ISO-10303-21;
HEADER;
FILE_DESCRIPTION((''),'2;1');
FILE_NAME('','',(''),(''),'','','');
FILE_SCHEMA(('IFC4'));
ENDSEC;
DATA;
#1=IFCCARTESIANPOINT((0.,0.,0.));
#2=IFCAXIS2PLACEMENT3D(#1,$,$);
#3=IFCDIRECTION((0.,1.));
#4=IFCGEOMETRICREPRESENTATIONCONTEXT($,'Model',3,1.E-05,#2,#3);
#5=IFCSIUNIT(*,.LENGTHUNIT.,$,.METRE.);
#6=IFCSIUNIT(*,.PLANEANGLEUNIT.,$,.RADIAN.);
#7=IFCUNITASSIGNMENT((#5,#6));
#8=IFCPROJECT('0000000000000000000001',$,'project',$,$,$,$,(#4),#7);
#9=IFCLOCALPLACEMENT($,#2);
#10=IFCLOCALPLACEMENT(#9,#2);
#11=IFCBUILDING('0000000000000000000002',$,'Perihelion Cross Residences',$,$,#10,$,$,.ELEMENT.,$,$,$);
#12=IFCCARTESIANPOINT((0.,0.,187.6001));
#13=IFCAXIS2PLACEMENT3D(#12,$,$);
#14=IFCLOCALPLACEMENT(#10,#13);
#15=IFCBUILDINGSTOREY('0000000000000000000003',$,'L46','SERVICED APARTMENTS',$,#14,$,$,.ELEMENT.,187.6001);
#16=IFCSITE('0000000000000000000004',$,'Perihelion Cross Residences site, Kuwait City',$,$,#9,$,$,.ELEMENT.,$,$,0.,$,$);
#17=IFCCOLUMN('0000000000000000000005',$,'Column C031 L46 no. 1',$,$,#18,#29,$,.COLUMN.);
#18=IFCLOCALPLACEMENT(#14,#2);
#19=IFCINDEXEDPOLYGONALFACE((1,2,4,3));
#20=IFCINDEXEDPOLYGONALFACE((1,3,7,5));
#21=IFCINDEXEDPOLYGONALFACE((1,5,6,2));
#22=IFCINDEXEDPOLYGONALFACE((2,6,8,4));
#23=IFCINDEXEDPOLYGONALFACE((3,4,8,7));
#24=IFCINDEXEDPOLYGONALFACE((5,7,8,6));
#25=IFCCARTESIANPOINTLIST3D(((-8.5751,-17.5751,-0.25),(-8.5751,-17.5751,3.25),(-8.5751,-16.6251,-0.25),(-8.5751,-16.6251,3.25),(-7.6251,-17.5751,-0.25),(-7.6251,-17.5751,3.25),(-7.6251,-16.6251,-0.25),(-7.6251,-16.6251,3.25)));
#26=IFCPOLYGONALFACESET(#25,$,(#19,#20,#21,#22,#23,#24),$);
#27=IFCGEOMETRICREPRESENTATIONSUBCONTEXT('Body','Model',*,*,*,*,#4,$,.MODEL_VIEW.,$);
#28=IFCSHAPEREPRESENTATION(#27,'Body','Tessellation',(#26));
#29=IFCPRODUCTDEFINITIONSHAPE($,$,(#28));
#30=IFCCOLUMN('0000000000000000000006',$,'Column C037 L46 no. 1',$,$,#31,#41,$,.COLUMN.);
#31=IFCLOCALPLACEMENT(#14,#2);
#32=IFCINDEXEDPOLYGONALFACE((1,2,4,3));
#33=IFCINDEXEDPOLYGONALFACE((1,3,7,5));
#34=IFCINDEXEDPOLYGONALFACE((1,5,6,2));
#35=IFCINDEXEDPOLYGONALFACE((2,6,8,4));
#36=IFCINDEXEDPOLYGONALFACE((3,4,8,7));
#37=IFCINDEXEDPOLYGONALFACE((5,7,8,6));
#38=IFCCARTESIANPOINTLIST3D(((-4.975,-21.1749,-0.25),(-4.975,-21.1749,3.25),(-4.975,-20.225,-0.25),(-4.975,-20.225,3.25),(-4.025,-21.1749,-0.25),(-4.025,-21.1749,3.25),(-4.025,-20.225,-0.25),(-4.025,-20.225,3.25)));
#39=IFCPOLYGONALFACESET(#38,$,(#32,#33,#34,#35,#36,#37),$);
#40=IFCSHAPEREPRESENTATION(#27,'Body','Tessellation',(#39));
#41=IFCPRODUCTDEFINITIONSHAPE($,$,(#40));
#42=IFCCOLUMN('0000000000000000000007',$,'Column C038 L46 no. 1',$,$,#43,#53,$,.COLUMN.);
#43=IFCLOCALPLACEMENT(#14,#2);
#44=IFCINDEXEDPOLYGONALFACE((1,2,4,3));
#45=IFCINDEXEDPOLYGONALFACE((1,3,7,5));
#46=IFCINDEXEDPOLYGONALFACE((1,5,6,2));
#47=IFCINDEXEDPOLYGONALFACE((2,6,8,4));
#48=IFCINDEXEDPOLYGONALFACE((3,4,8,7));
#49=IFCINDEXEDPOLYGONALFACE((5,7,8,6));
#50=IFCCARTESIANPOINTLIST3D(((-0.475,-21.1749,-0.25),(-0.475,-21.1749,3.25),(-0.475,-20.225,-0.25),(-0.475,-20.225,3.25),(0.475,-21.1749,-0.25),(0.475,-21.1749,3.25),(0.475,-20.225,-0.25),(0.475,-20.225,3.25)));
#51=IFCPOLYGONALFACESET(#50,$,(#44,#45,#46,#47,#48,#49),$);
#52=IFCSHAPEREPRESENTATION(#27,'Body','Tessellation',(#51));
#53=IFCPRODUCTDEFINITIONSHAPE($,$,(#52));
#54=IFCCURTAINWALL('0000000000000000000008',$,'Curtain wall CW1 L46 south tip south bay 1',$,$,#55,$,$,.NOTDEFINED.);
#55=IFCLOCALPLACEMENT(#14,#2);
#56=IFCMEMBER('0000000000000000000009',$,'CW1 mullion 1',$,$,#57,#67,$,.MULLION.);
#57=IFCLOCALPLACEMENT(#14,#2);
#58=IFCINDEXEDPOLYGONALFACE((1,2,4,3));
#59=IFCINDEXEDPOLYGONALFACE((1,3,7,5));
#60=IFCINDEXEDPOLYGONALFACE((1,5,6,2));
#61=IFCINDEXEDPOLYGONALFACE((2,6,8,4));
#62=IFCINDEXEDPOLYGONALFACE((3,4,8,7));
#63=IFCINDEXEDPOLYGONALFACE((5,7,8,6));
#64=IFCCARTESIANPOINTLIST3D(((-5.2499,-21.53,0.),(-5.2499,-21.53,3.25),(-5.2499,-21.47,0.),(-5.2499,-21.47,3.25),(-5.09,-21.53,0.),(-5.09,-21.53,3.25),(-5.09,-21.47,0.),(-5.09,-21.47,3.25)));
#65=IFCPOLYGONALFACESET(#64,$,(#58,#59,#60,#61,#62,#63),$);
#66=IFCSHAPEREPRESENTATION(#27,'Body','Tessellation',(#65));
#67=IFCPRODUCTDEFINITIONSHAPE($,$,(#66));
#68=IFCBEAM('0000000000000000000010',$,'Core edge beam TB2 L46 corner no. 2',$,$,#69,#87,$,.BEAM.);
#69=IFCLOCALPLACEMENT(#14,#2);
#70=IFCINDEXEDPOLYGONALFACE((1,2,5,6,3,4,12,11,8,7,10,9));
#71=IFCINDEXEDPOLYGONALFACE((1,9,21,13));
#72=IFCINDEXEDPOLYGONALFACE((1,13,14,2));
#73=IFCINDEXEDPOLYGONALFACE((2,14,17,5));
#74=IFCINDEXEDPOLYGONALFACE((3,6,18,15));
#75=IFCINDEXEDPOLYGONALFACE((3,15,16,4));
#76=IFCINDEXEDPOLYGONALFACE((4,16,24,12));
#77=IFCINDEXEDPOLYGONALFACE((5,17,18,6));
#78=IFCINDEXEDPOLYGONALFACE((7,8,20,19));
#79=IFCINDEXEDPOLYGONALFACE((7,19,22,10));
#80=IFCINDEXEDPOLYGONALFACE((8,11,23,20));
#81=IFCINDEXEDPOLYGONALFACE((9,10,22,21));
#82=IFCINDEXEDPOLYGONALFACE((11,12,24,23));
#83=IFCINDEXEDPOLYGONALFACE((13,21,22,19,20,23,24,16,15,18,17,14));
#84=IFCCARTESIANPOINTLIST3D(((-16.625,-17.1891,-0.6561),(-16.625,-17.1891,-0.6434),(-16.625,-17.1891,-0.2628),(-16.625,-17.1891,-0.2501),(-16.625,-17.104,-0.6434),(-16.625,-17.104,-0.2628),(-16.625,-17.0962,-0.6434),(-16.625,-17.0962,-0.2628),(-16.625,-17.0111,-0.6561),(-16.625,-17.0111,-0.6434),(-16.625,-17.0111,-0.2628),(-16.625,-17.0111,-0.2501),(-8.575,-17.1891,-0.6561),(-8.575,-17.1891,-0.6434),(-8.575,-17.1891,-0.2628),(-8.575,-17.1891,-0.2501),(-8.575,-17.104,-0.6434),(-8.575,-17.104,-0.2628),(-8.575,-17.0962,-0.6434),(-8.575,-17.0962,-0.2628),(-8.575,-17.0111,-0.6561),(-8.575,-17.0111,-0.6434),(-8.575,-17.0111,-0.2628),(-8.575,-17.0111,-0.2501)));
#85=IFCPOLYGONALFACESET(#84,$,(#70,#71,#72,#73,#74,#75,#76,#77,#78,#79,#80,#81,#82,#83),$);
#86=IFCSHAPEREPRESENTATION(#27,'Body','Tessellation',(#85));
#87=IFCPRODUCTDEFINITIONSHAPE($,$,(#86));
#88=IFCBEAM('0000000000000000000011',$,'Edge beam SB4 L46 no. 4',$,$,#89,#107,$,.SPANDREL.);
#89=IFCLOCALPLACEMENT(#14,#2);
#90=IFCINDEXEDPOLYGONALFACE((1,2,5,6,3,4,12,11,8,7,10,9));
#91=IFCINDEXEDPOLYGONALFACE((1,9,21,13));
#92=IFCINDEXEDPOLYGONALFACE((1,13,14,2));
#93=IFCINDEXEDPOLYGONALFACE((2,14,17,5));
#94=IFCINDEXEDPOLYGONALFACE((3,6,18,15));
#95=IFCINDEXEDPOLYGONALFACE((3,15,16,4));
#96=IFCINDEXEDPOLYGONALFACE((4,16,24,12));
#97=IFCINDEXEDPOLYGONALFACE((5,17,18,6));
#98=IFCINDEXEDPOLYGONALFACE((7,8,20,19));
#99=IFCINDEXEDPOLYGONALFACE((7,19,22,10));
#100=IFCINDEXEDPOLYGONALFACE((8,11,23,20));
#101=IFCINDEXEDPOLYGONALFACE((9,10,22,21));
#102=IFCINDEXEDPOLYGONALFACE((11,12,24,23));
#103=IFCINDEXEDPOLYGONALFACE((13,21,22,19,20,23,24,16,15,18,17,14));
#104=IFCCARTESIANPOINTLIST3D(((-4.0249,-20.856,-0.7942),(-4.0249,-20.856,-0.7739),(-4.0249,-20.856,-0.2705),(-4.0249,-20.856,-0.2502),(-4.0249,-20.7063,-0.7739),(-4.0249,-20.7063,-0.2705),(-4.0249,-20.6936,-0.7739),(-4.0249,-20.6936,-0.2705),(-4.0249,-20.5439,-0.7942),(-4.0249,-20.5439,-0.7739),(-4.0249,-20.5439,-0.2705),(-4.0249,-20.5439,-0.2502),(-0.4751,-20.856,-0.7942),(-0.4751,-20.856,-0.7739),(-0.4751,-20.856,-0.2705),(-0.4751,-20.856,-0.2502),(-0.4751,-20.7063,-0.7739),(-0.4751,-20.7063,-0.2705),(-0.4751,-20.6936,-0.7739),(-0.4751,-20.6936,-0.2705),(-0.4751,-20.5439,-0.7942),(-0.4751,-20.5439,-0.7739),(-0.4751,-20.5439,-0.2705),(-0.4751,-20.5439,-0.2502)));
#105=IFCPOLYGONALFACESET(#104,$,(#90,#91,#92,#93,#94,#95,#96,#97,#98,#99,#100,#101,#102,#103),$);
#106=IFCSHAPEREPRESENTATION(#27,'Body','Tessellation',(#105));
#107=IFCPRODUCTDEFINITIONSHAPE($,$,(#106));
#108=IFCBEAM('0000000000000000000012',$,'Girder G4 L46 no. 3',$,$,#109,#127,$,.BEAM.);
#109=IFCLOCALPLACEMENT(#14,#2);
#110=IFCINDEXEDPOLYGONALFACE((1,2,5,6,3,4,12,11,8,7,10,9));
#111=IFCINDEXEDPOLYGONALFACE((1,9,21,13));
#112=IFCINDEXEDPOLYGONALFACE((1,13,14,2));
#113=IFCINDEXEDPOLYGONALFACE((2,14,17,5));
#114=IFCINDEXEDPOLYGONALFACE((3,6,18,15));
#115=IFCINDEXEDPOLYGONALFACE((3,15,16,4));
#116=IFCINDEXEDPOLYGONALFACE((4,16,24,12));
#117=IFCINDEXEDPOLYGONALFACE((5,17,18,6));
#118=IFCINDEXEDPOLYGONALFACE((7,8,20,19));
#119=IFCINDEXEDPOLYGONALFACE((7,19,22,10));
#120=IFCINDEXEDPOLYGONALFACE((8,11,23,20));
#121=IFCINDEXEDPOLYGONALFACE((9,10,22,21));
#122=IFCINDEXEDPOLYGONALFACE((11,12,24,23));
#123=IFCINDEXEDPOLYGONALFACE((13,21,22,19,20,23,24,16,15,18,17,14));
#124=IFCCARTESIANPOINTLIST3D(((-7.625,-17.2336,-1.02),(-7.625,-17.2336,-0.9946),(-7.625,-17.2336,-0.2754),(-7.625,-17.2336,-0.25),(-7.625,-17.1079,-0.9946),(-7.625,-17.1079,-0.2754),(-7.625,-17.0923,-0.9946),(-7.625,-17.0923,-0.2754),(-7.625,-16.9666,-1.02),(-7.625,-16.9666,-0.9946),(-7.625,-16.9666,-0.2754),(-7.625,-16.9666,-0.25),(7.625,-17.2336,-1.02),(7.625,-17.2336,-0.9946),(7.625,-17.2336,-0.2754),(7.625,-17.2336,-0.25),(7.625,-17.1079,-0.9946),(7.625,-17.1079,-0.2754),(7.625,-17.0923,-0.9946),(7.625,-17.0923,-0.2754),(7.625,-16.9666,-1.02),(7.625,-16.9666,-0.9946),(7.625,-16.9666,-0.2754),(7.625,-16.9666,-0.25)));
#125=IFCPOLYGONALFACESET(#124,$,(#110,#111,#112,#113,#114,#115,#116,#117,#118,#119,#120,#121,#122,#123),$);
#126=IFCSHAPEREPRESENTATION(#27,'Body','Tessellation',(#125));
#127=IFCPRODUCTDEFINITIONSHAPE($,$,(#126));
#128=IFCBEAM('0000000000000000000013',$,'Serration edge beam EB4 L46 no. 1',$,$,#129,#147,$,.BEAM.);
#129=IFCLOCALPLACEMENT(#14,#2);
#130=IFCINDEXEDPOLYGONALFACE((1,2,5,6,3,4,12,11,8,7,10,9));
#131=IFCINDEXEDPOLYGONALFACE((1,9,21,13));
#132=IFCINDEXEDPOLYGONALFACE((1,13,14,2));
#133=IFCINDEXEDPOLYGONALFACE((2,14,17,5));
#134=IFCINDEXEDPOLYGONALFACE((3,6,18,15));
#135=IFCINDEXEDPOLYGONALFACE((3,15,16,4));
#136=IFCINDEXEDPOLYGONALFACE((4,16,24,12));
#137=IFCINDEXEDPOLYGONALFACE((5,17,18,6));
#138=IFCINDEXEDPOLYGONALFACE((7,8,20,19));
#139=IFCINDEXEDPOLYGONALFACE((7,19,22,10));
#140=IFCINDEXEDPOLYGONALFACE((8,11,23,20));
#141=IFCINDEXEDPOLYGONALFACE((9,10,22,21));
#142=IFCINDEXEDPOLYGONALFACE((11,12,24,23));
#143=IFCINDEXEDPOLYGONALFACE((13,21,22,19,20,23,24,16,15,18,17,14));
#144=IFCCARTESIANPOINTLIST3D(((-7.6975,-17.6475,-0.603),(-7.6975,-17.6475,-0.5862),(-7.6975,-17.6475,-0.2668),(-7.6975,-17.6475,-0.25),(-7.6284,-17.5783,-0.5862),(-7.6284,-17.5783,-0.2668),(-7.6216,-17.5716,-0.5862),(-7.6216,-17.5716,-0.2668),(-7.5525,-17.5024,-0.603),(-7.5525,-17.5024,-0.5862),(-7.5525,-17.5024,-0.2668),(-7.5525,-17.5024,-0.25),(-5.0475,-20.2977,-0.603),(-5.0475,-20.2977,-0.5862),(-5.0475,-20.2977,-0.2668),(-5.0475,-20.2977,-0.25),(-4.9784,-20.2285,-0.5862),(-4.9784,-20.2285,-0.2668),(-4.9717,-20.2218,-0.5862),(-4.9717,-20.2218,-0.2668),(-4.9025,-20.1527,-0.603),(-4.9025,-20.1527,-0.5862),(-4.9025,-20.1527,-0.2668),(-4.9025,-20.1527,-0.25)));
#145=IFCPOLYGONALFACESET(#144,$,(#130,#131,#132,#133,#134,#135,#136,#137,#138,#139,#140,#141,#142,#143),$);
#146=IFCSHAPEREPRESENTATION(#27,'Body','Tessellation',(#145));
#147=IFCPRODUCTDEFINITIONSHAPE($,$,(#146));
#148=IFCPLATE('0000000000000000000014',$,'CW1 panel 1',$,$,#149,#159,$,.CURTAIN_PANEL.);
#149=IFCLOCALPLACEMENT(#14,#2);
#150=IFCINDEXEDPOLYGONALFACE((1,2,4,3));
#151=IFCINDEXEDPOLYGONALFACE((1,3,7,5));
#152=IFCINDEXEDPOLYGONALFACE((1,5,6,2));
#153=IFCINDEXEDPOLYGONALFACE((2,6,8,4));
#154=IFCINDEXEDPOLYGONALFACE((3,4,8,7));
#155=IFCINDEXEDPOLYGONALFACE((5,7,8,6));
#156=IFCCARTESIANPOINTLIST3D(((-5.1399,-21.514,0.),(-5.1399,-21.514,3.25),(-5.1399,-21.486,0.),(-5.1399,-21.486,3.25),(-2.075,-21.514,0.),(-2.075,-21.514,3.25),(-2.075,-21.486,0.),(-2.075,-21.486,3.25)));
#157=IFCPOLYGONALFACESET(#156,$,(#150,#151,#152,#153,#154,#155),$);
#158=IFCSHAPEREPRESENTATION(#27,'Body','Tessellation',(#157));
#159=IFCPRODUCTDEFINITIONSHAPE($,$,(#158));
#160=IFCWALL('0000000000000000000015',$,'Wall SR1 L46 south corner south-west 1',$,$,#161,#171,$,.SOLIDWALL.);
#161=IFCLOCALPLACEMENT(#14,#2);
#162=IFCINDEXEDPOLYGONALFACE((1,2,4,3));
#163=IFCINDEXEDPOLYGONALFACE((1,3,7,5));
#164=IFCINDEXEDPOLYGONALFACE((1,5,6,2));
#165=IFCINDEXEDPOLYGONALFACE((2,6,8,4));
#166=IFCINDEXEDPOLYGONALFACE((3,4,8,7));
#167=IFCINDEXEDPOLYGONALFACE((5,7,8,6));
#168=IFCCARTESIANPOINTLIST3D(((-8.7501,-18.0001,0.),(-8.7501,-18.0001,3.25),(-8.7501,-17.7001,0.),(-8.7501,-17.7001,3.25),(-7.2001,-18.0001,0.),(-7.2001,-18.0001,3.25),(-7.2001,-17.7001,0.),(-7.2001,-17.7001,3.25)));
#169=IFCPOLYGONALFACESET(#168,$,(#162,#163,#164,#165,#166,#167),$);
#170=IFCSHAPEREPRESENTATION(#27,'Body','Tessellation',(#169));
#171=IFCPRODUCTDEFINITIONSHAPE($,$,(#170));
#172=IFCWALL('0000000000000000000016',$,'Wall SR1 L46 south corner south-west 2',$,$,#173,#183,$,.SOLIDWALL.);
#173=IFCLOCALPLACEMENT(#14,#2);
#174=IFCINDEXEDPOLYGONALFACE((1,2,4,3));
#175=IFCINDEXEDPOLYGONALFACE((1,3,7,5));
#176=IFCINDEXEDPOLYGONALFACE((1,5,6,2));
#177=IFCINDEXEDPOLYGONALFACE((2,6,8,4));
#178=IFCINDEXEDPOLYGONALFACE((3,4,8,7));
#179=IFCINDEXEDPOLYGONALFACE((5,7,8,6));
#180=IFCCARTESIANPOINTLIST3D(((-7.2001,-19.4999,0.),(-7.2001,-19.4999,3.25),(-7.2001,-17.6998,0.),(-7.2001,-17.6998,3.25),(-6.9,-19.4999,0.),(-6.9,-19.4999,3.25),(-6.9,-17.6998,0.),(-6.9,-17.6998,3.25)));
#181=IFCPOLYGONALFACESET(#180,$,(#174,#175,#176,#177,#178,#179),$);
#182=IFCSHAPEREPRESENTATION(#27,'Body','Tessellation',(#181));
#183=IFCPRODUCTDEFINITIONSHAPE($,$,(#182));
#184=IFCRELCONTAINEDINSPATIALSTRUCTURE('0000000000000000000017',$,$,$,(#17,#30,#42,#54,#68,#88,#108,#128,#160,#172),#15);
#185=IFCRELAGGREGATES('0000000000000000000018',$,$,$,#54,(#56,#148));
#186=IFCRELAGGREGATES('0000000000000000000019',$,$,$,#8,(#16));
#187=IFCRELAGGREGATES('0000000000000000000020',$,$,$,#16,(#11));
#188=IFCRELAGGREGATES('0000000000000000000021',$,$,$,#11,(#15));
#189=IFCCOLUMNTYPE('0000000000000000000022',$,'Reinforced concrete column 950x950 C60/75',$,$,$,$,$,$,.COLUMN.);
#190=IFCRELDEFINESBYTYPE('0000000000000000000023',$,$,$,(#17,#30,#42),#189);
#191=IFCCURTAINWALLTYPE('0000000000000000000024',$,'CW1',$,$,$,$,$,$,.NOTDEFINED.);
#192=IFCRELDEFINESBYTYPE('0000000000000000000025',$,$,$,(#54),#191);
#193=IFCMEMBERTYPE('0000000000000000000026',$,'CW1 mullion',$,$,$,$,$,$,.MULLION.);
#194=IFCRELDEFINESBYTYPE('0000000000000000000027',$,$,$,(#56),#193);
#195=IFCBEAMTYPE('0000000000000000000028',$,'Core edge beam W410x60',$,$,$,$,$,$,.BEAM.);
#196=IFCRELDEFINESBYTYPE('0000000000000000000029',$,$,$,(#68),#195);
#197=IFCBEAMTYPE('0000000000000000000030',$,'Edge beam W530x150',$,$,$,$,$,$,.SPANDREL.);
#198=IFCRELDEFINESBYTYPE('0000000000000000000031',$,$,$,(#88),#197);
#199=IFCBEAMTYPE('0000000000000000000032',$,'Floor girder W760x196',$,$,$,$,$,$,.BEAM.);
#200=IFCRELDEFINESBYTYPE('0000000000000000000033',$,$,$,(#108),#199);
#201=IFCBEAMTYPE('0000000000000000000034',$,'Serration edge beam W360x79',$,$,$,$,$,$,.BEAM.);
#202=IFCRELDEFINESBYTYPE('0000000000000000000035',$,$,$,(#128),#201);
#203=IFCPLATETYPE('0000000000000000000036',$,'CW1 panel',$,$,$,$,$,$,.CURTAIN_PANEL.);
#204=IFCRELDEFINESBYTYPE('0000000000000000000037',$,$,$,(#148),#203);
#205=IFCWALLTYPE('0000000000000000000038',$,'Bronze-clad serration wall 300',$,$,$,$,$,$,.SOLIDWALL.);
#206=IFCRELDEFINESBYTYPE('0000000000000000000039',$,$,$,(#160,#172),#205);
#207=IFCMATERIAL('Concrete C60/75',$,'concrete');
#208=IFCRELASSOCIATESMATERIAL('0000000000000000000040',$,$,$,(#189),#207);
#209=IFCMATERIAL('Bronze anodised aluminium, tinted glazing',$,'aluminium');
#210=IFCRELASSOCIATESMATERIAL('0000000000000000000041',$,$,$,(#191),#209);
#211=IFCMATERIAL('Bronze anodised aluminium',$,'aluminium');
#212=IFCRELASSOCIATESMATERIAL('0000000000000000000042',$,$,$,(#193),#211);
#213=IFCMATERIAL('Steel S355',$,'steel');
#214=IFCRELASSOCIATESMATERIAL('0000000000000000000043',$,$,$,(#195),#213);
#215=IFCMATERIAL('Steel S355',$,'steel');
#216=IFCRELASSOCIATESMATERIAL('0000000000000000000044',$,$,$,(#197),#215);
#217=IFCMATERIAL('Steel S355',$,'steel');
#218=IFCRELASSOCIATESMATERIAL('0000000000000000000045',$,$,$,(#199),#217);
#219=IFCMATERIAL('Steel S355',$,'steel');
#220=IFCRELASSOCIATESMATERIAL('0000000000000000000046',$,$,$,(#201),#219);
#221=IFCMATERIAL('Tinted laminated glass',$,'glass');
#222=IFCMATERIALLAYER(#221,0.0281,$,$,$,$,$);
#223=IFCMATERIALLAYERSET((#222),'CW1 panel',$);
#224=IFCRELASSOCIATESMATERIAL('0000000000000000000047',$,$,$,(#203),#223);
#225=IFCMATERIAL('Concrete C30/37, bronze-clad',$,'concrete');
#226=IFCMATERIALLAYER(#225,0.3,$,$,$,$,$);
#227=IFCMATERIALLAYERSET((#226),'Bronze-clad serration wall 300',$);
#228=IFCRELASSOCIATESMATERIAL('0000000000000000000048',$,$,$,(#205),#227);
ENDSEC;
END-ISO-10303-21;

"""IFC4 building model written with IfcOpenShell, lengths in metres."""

from ifc_helpers import new_model, si_unit, direction, frame, frame_2d, origin, origin_2d, place, context, subcontext, project, spatial, rectangle, i_section, extrude, material, layer, layer_set, material_profile, profile_set, type_object, element, aggregate, save


model = new_model("IFC4")

# Units and contexts
model_context = context("Model", 3, precision=1e-05, world=origin(), true_north=direction((0.0, 1.0)))
body_context = subcontext(model_context, "Body", "Model", "MODEL_VIEW")
ifc_project = project(units=[si_unit("LENGTHUNIT", "METRE"), si_unit("PLANEANGLEUNIT", "RADIAN")], contexts=[model_context])

# Site, building, storey
site_placement = place(None, origin())
site = spatial("IfcSite", under=ifc_project, at=site_placement, Name="Perihelion Cross Residences site, Kuwait City", CompositionType="ELEMENT", RefElevation=0.0)
building_placement = place(site_placement, origin())
building = spatial("IfcBuilding", under=site, at=building_placement, Name="Perihelion Cross Residences", CompositionType="ELEMENT")
storey_placement = place(building_placement, frame((0.0, 0.0, 187.6001)))
storey = spatial("IfcBuildingStorey", under=building, at=storey_placement, Name="L46", Description="SERVICED APARTMENTS", CompositionType="ELEMENT", Elevation=187.6001)

# Columns
ifc_material_1 = material(Name="Concrete C60/75", Category="concrete")
ifc_material_profile_1 = material_profile(ifc_material_1, rectangle(XDim=0.95, YDim=0.95, at=origin_2d()), Name="RC 950x950")
ifc_profile_set_1 = profile_set([ifc_material_profile_1], Name="Concrete C60/75")
column_type = type_object("IfcColumnType", Name="Reinforced concrete column 950x950 C60/75", PredefinedType="COLUMN", material=ifc_profile_set_1)
for number, where, z_axis, x_axis, name in (
    (1, (-8.1001, -17.1001, -0.25), (0.0, 0.0, 1.0), (1.0, 0.0, 0.0), "Column C031 L46 no. 1"),
    (2, (-4.5, -20.7, -0.25), (0.0, 0.0, 1.0), (1.0, 0.0, 0.0), "Column C037 L46 no. 1"),
    (3, (0.0, -20.7, -0.25), (0.0, 0.0, 1.0), (1.0, 0.0, 0.0), "Column C038 L46 no. 1"),
):
    element("IfcColumn", number, at=place(storey_placement, frame(where, z_axis=z_axis, x_axis=x_axis)), inside=storey, type_object=column_type, Name=name, PredefinedType="COLUMN", context=body_context, shape_type="SweptSolid", body=[
        extrude(rectangle(XDim=0.95, YDim=0.95, at=origin_2d()), origin(), (0.0, 0.0, 1.0), 3.5),
    ])

# Curtain wall, member
ifc_material_2 = material(Name="Bronze anodised aluminium, tinted glazing", Category="aluminium")
curtain_wall_type = type_object("IfcCurtainWallType", Name="CW1", PredefinedType="NOTDEFINED", material=ifc_material_2)
curtain_wall_placement = place(storey_placement, origin())
curtain_wall = element("IfcCurtainWall", 4, at=curtain_wall_placement, inside=storey, type_object=curtain_wall_type, Name="Curtain wall CW1 L46 south tip south bay 1", PredefinedType="NOTDEFINED")
ifc_material_3 = material(Name="Bronze anodised aluminium", Category="aluminium")
ifc_material_profile_2 = material_profile(ifc_material_3, rectangle(XDim=0.0601, YDim=0.1599, at=origin_2d()), Name="CW1 mullion")
ifc_profile_set_2 = profile_set([ifc_material_profile_2], Name="Bronze anodised aluminium")
member_type = type_object("IfcMemberType", Name="CW1 mullion", PredefinedType="MULLION", material=ifc_profile_set_2)
member_placement = place(storey_placement, frame((-5.1699, -21.5, 0.0), z_axis=(0.0, 0.0, 1.0), x_axis=(0.0, 1.0, 0.0)))
member = element("IfcMember", 5, at=member_placement, type_object=member_type, Name="CW1 mullion 1", PredefinedType="MULLION", context=body_context, shape_type="SweptSolid", body=[
    extrude(rectangle(XDim=0.0601, YDim=0.1599, at=origin_2d()), origin(), (0.0, 0.0, 1.0), 3.25),
])

# Beams
ifc_material_4 = material(Name="Steel S355", Category="steel")
ifc_material_profile_3 = material_profile(ifc_material_4, i_section(OverallWidth=0.178, OverallDepth=0.406, WebThickness=0.0078, FlangeThickness=0.0127, at=origin_2d()), Name="W410x60")
ifc_profile_set_3 = profile_set([ifc_material_profile_3], Name="Steel S355")
beam_type_1 = type_object("IfcBeamType", Name="Core edge beam W410x60", PredefinedType="BEAM", material=ifc_profile_set_3)
beam_1_placement = place(storey_placement, frame((-8.575, -17.1001, -0.4531), z_axis=(-1.0, 0.0, 0.0), x_axis=(0.0, -1.0, 0.0)))
element("IfcBeam", 6, at=beam_1_placement, inside=storey, type_object=beam_type_1, Name="Core edge beam TB2 L46 corner no. 2", PredefinedType="BEAM", context=body_context, shape_type="SweptSolid", body=[
    extrude(i_section(OverallWidth=0.178, OverallDepth=0.406, WebThickness=0.0078, FlangeThickness=0.0127, at=origin_2d()), origin(), (0.0, 0.0, 1.0), 8.05),
])
ifc_material_5 = material(Name="Steel S355", Category="steel")
ifc_material_profile_4 = material_profile(ifc_material_5, i_section(OverallWidth=0.312, OverallDepth=0.5439, WebThickness=0.0127, FlangeThickness=0.0203, at=origin_2d()), Name="W530x150")
ifc_profile_set_4 = profile_set([ifc_material_profile_4], Name="Steel S355")
beam_type_2 = type_object("IfcBeamType", Name="Edge beam W530x150", PredefinedType="SPANDREL", material=ifc_profile_set_4)
beam_2_placement = place(storey_placement, frame((-4.0249, -20.7, -0.5222), z_axis=(1.0, 0.0, 0.0), x_axis=(0.0, 1.0, 0.0)))
element("IfcBeam", 7, at=beam_2_placement, inside=storey, type_object=beam_type_2, Name="Edge beam SB4 L46 no. 4", PredefinedType="SPANDREL", context=body_context, shape_type="SweptSolid", body=[
    extrude(i_section(OverallWidth=0.312, OverallDepth=0.5439, WebThickness=0.0127, FlangeThickness=0.0203, at=origin_2d()), origin(), (0.0, 0.0, 1.0), 3.5498),
])
ifc_material_6 = material(Name="Steel S355", Category="steel")
ifc_material_profile_5 = material_profile(ifc_material_6, i_section(OverallWidth=0.2671, OverallDepth=0.77, WebThickness=0.0156, FlangeThickness=0.0254, at=origin_2d()), Name="W760x196")
ifc_profile_set_5 = profile_set([ifc_material_profile_5], Name="Steel S355")
beam_type_3 = type_object("IfcBeamType", Name="Floor girder W760x196", PredefinedType="BEAM", material=ifc_profile_set_5)
beam_3_placement = place(storey_placement, frame((-7.625, -17.1001, -0.635), z_axis=(1.0, 0.0, 0.0), x_axis=(0.0, 1.0, 0.0)))
element("IfcBeam", 8, at=beam_3_placement, inside=storey, type_object=beam_type_3, Name="Girder G4 L46 no. 3", PredefinedType="BEAM", context=body_context, shape_type="SweptSolid", body=[
    extrude(i_section(OverallWidth=0.2671, OverallDepth=0.77, WebThickness=0.0156, FlangeThickness=0.0254, at=origin_2d()), origin(), (0.0, 0.0, 1.0), 15.25),
])
ifc_material_7 = material(Name="Steel S355", Category="steel")
ifc_material_profile_6 = material_profile(ifc_material_7, i_section(OverallWidth=0.2051, OverallDepth=0.353, WebThickness=0.0095, FlangeThickness=0.0168, at=origin_2d()), Name="W360x79")
ifc_profile_set_6 = profile_set([ifc_material_profile_6], Name="Steel S355")
beam_type_4 = type_object("IfcBeamType", Name="Serration edge beam W360x79", PredefinedType="BEAM", material=ifc_profile_set_6)
beam_4_placement = place(storey_placement, frame((-7.625, -17.575, -0.4265), z_axis=(0.707074, -0.707139, 0.0), x_axis=(0.707139, 0.707074, 0.0)))
element("IfcBeam", 9, at=beam_4_placement, inside=storey, type_object=beam_type_4, Name="Serration edge beam EB4 L46 no. 1", PredefinedType="BEAM", context=body_context, shape_type="SweptSolid", body=[
    extrude(i_section(OverallWidth=0.2051, OverallDepth=0.353, WebThickness=0.0095, FlangeThickness=0.0168, at=origin_2d()), origin(), (0.0, 0.0, 1.0), 3.7478),
])

# Plate
ifc_material_8 = material(Name="Tinted laminated glass", Category="glass")
ifc_layer_1 = layer(ifc_material_8, 0.0281)
ifc_layer_set_1 = layer_set([ifc_layer_1], Name="CW1 panel")
plate_type = type_object("IfcPlateType", Name="CW1 panel", PredefinedType="CURTAIN_PANEL", material=ifc_layer_set_1)
plate_placement = place(storey_placement, frame((-3.6074, -21.5, 0.0), z_axis=(0.0, 0.0, 1.0), x_axis=(1.0, 0.0, 0.0)))
plate = element("IfcPlate", 10, at=plate_placement, type_object=plate_type, Name="CW1 panel 1", PredefinedType="CURTAIN_PANEL", context=body_context, shape_type="SweptSolid", body=[
    extrude(rectangle(XDim=3.0649, YDim=0.0281, at=origin_2d()), origin(), (0.0, 0.0, 1.0), 3.25),
])
aggregate(curtain_wall, [member, plate])

# Walls
ifc_material_9 = material(Name="Concrete C30/37, bronze-clad", Category="concrete")
ifc_layer_2 = layer(ifc_material_9, 0.3)
ifc_layer_set_2 = layer_set([ifc_layer_2], Name="Bronze-clad serration wall 300")
wall_type_1 = type_object("IfcWallType", Name="Bronze-clad serration wall 300", PredefinedType="SOLIDWALL", material=ifc_layer_set_2)
wall_1_placement = place(storey_placement, frame((-8.75, -17.8501, 0.0), z_axis=(0.0, 0.0, 1.0), x_axis=(1.0, 0.0, 0.0)))
element("IfcWall", 11, at=wall_1_placement, inside=storey, type_object=wall_type_1, Name="Wall SR1 L46 south corner south-west 1", PredefinedType="SOLIDWALL", context=body_context, shape_type="SweptSolid", body=[
    extrude(rectangle(XDim=1.55, YDim=0.3, at=frame_2d((0.7749, 0.0))), origin(), (0.0, 0.0, 1.0), 3.25),
])
for number, where, z_axis, x_axis, name in (
    (12, (-7.05, -17.7, 0.0), (0.0, 0.0, 1.0), (0.0, -1.0, 0.0), "Wall SR1 L46 south corner south-west 2"),
):
    element("IfcWall", number, at=place(storey_placement, frame(where, z_axis=z_axis, x_axis=x_axis)), inside=storey, type_object=wall_type_1, Name=name, PredefinedType="SOLIDWALL", context=body_context, shape_type="SweptSolid", body=[
        extrude(rectangle(XDim=1.8, YDim=0.3, at=frame_2d((0.8999, 0.0))), origin(), (0.0, 0.0, 1.0), 3.25),
    ])

save(model, "model.ifc")
